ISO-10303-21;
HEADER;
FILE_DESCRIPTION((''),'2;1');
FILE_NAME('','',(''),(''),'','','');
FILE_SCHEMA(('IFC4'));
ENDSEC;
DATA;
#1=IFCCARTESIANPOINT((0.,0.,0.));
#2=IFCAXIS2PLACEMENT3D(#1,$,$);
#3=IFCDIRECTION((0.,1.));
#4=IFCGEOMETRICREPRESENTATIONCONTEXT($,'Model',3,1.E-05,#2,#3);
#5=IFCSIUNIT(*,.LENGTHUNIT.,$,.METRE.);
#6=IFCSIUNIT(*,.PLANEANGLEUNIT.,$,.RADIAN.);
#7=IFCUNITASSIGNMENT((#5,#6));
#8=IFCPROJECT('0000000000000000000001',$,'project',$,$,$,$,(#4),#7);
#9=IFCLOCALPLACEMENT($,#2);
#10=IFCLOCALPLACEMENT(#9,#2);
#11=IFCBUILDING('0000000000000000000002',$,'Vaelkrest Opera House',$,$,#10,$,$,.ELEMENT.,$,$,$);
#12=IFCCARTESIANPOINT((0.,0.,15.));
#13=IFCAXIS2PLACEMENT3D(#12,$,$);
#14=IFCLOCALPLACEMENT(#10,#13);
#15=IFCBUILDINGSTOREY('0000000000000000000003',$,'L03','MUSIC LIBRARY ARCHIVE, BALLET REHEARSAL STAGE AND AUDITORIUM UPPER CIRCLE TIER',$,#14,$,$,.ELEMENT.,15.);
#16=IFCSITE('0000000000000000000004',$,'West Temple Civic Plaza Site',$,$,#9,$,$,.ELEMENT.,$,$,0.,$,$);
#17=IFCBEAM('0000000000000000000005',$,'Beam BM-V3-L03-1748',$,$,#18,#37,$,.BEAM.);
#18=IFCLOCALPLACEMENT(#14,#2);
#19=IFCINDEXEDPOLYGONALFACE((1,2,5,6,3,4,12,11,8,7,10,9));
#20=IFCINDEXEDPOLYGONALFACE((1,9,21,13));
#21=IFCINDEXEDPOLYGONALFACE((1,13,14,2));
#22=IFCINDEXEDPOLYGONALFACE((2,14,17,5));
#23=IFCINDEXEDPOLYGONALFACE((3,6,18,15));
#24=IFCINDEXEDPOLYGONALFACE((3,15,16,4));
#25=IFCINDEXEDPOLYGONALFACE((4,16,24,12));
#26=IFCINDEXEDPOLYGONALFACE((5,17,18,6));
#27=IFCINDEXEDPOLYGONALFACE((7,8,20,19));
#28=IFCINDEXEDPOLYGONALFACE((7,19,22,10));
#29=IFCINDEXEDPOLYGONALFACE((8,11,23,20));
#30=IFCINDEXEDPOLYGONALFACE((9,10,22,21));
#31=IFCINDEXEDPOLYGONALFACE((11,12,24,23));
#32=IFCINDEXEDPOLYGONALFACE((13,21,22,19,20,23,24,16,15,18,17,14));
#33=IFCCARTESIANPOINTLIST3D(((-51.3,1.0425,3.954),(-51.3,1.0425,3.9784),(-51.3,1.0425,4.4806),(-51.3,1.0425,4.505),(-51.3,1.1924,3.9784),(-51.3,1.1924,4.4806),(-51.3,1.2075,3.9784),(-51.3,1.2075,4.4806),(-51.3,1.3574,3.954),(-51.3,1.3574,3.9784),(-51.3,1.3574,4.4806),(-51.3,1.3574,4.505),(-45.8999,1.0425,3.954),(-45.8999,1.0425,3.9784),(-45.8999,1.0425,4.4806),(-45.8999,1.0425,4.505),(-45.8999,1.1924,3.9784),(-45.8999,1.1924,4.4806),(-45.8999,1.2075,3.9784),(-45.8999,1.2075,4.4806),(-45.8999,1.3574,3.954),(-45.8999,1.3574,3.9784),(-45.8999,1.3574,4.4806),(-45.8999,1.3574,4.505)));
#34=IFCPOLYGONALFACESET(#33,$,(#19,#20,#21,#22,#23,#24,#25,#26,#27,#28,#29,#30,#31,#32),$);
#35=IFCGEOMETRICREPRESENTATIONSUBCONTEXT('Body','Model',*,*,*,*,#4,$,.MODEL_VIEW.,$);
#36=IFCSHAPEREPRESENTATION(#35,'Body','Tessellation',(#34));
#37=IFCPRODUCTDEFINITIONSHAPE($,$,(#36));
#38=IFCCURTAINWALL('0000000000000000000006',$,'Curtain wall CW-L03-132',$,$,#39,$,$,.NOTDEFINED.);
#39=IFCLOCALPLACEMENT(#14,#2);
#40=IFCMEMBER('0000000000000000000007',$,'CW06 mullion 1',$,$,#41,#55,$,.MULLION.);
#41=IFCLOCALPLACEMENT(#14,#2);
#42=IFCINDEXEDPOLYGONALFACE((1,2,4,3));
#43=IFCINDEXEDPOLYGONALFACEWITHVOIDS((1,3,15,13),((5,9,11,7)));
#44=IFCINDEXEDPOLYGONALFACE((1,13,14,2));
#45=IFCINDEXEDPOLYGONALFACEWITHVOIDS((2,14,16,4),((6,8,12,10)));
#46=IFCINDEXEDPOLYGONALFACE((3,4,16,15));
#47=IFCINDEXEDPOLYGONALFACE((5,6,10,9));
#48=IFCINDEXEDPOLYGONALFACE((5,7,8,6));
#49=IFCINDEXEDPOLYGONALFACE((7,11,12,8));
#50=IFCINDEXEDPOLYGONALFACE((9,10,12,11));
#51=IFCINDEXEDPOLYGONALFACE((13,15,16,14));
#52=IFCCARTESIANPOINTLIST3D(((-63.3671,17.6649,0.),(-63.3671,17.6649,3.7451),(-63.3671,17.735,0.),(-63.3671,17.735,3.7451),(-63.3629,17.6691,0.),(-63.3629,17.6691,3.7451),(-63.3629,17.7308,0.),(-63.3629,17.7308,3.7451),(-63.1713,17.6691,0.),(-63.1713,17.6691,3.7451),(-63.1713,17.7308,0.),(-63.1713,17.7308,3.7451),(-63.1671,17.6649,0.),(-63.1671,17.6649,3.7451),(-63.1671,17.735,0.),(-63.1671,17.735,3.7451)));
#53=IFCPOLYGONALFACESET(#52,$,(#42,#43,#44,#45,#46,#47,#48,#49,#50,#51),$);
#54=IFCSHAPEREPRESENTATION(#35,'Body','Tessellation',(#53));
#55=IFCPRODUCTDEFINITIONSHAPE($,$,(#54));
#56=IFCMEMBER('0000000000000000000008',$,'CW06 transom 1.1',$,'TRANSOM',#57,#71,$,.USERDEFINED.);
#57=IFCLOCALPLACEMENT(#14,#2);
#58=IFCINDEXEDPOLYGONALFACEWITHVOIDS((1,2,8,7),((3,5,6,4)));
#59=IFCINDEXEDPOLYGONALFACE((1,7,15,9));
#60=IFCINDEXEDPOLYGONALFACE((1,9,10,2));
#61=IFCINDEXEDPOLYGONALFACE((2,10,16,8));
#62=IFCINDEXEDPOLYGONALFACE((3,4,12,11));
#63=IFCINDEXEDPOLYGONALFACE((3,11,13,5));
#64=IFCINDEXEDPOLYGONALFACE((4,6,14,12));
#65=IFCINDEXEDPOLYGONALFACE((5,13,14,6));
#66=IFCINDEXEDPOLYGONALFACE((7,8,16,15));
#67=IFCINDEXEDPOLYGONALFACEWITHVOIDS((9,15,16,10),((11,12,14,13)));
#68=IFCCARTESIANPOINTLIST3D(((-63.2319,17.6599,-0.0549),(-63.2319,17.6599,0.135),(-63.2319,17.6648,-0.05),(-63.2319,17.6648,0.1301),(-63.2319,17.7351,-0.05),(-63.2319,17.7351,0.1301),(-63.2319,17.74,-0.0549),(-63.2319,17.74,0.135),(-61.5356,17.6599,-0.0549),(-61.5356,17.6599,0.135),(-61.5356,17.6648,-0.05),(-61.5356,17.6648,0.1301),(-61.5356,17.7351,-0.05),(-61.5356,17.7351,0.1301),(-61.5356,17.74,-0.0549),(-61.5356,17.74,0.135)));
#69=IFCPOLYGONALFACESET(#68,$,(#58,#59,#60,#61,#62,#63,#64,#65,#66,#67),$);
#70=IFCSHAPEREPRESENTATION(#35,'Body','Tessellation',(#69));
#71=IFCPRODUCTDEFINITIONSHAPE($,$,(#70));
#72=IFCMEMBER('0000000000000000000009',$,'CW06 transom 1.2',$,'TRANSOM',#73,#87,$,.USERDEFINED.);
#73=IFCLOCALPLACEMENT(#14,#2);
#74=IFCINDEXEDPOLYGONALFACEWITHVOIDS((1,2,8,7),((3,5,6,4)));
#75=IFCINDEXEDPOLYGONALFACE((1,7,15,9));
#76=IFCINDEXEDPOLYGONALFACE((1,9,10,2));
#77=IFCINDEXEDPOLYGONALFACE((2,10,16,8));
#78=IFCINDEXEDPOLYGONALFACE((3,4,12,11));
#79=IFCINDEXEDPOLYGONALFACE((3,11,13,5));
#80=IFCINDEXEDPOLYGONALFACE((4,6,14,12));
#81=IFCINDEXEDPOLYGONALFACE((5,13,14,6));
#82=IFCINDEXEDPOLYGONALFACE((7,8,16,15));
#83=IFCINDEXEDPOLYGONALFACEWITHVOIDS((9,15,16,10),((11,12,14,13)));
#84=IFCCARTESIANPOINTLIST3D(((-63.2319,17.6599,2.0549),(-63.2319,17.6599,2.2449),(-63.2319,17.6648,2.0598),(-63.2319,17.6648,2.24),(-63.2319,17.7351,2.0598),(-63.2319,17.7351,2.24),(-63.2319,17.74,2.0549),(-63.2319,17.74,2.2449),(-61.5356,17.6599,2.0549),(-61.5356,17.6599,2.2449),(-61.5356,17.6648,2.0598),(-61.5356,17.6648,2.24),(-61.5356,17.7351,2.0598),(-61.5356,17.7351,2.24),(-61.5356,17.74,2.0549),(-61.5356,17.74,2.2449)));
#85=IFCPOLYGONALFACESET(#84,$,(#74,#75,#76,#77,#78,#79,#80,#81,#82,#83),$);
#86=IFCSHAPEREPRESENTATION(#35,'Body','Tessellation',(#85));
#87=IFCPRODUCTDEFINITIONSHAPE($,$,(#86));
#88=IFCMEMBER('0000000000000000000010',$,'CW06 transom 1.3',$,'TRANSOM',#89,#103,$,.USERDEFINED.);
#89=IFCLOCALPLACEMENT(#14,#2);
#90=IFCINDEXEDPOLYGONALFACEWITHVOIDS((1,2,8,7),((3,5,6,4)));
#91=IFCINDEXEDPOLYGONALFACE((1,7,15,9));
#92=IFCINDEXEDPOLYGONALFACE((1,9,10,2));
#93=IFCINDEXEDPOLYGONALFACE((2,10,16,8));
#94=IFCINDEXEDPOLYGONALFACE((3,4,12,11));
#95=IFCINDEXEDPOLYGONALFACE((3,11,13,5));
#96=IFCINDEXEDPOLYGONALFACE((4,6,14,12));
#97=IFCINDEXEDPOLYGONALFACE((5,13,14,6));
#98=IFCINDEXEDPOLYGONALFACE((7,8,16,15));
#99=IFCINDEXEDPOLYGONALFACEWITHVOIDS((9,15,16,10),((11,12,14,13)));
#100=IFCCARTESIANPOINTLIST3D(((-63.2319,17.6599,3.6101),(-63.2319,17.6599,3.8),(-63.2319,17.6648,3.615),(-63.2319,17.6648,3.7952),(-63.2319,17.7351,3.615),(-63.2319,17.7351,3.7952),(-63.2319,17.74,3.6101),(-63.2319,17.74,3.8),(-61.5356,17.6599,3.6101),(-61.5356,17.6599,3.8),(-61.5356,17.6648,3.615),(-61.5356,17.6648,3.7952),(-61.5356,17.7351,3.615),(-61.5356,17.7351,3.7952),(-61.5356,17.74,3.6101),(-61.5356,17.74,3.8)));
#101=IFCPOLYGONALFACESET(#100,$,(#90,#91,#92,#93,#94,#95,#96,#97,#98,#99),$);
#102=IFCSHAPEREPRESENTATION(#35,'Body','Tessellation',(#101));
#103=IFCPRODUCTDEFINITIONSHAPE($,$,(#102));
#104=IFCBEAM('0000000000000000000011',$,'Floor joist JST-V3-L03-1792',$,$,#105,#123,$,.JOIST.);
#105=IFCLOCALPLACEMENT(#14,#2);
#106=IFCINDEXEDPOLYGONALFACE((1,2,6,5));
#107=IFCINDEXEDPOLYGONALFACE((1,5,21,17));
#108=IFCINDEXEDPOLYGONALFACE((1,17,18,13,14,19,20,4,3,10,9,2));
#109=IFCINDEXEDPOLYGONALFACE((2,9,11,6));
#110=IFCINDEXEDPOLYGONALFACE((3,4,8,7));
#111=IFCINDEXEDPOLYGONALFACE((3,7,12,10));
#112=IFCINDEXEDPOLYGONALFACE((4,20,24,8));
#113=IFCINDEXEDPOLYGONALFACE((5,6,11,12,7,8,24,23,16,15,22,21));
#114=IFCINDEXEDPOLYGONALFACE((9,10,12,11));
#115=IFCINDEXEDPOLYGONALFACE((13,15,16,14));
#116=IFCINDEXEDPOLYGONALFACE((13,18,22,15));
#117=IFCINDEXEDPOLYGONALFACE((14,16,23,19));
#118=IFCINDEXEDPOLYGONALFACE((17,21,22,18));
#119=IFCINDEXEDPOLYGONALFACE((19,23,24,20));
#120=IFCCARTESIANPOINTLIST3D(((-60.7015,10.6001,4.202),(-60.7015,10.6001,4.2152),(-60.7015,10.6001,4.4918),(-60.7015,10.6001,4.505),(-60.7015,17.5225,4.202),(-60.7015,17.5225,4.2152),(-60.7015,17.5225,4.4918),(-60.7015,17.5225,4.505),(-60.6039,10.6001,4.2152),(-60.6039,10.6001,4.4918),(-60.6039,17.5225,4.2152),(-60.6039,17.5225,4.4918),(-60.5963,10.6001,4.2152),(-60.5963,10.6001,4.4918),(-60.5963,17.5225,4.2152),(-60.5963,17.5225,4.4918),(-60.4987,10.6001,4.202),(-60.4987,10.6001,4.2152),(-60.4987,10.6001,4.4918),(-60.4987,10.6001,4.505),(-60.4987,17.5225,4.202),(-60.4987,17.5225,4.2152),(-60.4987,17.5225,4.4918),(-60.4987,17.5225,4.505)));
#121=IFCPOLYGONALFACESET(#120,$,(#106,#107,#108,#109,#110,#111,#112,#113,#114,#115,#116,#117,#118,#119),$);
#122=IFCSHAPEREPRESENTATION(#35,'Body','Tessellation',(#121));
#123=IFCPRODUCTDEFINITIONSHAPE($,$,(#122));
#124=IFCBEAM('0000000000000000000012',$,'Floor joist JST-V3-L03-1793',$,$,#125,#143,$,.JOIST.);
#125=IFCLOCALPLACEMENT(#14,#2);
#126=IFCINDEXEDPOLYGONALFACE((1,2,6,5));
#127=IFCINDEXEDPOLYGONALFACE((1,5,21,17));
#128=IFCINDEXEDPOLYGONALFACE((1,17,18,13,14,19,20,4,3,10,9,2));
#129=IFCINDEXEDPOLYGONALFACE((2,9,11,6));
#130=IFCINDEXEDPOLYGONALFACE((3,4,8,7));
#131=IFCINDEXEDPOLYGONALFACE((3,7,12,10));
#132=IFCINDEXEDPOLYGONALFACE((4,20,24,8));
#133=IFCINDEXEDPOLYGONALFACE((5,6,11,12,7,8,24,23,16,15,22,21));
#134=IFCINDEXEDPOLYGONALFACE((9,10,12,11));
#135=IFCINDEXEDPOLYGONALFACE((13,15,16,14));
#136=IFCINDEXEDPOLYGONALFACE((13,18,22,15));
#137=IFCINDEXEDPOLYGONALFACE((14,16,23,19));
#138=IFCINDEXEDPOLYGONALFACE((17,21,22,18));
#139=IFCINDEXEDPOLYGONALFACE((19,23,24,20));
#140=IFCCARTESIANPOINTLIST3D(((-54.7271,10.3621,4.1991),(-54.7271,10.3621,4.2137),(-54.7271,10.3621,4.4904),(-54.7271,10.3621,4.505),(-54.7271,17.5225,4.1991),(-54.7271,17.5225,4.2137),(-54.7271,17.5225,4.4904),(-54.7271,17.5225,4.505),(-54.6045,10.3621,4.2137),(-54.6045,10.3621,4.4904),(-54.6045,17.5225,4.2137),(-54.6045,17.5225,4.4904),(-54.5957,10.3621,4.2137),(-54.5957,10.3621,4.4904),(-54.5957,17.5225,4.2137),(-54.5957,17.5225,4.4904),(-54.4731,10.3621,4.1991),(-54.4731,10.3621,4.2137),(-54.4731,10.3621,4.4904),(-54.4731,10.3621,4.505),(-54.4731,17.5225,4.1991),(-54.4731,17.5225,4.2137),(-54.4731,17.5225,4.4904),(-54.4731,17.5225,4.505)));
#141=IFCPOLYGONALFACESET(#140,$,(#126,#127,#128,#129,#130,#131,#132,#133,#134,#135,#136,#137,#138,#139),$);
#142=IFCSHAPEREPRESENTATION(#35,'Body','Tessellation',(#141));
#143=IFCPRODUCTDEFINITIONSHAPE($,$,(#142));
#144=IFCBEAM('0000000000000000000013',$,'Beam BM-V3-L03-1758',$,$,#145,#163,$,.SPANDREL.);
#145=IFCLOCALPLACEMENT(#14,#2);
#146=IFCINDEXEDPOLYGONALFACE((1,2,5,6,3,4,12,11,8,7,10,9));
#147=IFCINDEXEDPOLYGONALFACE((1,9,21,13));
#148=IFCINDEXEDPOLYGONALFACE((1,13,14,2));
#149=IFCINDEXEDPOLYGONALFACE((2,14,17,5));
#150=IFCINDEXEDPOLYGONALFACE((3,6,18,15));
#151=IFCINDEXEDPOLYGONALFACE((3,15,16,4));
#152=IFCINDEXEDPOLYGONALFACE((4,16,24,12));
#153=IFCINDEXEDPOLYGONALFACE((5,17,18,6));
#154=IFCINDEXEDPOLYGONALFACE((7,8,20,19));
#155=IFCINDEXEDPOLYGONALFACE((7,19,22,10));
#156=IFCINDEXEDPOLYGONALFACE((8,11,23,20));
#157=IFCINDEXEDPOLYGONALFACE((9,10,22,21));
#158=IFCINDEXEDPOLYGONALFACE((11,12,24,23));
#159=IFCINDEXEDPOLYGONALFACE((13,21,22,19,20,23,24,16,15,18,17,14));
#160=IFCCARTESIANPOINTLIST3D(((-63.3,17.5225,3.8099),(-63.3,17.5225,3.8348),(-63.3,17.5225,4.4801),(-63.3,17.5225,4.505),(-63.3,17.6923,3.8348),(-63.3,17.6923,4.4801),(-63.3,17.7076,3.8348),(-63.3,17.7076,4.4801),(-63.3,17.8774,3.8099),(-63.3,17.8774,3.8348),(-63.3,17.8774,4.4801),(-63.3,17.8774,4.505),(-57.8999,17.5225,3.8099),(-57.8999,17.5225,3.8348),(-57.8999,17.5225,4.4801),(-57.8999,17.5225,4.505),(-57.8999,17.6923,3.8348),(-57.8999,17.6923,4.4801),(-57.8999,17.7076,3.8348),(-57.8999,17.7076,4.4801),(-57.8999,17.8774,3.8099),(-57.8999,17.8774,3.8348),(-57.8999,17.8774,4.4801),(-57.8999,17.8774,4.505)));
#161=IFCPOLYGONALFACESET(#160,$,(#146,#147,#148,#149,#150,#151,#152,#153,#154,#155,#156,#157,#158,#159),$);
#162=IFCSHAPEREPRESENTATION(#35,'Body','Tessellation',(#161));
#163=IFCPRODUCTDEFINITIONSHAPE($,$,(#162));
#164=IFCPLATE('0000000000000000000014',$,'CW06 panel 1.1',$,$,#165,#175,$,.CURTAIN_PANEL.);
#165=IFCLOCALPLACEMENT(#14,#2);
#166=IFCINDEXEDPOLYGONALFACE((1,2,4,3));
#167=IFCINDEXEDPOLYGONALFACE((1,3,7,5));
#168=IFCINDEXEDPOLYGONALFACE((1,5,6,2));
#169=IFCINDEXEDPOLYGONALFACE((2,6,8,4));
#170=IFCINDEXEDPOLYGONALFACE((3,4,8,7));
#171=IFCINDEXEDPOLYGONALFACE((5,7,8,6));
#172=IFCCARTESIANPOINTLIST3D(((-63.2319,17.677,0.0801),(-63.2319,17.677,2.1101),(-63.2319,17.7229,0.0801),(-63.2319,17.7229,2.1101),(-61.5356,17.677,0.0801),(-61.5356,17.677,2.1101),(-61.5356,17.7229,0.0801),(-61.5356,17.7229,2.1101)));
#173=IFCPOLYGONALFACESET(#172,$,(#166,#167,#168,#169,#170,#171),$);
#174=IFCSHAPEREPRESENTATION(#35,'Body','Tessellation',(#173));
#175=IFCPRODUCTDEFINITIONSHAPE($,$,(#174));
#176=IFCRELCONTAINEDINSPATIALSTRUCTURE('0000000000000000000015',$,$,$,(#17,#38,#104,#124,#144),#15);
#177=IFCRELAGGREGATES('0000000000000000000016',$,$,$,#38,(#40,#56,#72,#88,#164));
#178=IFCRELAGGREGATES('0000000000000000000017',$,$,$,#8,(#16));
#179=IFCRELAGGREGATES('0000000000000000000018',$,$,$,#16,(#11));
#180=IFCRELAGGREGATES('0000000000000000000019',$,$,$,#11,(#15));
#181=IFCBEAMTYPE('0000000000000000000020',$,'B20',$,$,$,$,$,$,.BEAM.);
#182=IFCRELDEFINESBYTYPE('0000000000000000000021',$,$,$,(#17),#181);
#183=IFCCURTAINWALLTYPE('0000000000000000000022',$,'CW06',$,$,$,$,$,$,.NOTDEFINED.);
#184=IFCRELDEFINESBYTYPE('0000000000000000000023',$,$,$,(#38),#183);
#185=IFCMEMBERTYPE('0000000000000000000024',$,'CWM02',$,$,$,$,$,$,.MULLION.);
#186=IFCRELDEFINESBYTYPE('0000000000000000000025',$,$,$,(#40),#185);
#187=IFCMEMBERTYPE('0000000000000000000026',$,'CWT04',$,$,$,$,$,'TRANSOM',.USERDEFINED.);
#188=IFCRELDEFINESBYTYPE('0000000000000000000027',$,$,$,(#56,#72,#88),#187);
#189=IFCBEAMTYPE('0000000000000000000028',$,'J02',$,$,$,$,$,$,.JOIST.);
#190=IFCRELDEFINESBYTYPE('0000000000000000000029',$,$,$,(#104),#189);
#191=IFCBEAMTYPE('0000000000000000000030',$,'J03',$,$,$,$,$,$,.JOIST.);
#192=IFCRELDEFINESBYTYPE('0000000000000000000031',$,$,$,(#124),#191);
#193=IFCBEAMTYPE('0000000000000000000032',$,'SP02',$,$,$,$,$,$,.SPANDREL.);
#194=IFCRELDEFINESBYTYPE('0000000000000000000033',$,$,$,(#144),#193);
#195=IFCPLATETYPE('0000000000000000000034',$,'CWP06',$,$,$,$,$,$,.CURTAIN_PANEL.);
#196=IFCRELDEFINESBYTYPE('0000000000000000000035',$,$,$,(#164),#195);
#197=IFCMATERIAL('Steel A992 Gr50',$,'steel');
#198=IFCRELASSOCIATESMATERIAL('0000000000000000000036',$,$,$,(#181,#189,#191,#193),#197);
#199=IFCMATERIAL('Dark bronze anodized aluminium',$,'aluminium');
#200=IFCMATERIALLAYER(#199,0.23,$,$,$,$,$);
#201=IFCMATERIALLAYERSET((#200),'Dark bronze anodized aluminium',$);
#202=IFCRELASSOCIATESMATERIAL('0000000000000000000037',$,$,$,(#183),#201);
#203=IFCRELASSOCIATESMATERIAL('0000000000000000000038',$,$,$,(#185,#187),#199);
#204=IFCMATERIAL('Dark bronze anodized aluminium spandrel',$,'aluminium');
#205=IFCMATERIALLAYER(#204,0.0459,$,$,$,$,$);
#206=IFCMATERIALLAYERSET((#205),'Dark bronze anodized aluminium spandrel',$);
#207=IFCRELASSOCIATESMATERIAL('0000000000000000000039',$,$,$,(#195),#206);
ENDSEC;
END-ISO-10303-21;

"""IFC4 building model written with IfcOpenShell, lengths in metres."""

from ifc_helpers import new_model, si_unit, direction, frame, origin, origin_2d, place, context, subcontext, project, spatial, rectangle, hollow_rectangle, i_section, extrude, material, layer, layer_set, material_profile, profile_set, type_object, element, aggregate, save


model = new_model("IFC4")

# Units and contexts
model_context = context("Model", 3, precision=1e-05, world=origin(), true_north=direction((0.0, 1.0)))
body_context = subcontext(model_context, "Body", "Model", "MODEL_VIEW")
ifc_project = project(units=[si_unit("LENGTHUNIT", "METRE"), si_unit("PLANEANGLEUNIT", "RADIAN")], contexts=[model_context])

# Site, building, storey
site_placement = place(None, origin())
site = spatial("IfcSite", under=ifc_project, at=site_placement, Name="West Temple Civic Plaza Site", CompositionType="ELEMENT", RefElevation=0.0)
building_placement = place(site_placement, origin())
building = spatial("IfcBuilding", under=site, at=building_placement, Name="Vaelkrest Opera House", CompositionType="ELEMENT")
storey_placement = place(building_placement, frame((0.0, 0.0, 15.0)))
storey = spatial("IfcBuildingStorey", under=building, at=storey_placement, Name="L03", Description="MUSIC LIBRARY ARCHIVE, BALLET REHEARSAL STAGE AND AUDITORIUM UPPER CIRCLE TIER", CompositionType="ELEMENT", Elevation=15.0)

# Beam
ifc_material_1 = material(Name="Steel A992 Gr50", Category="steel")
ifc_material_profile_1 = material_profile(ifc_material_1, i_section(OverallWidth=0.3149, OverallDepth=0.551, WebThickness=0.0151, FlangeThickness=0.0244, at=origin_2d()), Name="W21X122")
ifc_profile_set_1 = profile_set([ifc_material_profile_1], Name="Steel A992 Gr50")
beam_type_1 = type_object("IfcBeamType", Name="B20", PredefinedType="BEAM", material=ifc_profile_set_1)
beam_1_placement = place(storey_placement, frame((-51.3, 1.2, 4.2295), z_axis=(1.0, 0.0, 0.0), x_axis=(0.0, 1.0, 0.0)))
element("IfcBeam", 1, at=beam_1_placement, inside=storey, type_object=beam_type_1, Name="Beam BM-V3-L03-1748", PredefinedType="BEAM", context=body_context, shape_type="SweptSolid", body=[
    extrude(i_section(OverallWidth=0.3149, OverallDepth=0.551, WebThickness=0.0151, FlangeThickness=0.0244, at=origin_2d()), origin(), (0.0, 0.0, 1.0), 5.4001),
])

# Curtain wall, members
ifc_material_2 = material(Name="Dark bronze anodized aluminium", Category="aluminium")
ifc_layer_1 = layer(ifc_material_2, 0.23)
ifc_layer_set_1 = layer_set([ifc_layer_1], Name="Dark bronze anodized aluminium")
curtain_wall_type = type_object("IfcCurtainWallType", Name="CW06", PredefinedType="NOTDEFINED", material=ifc_layer_set_1)
curtain_wall_placement = place(storey_placement, origin())
curtain_wall = element("IfcCurtainWall", 2, at=curtain_wall_placement, inside=storey, type_object=curtain_wall_type, Name="Curtain wall CW-L03-132", PredefinedType="NOTDEFINED")
ifc_material_profile_2 = material_profile(ifc_material_2, hollow_rectangle(XDim=0.0701, YDim=0.2, WallThickness=0.0042, at=origin_2d()), Name="CWM70X200")
ifc_profile_set_2 = profile_set([ifc_material_profile_2], Name="Dark bronze anodized aluminium")
member_type_1 = type_object("IfcMemberType", Name="CWM02", PredefinedType="MULLION", material=ifc_profile_set_2)
member_1_placement = place(storey_placement, frame((-63.2671, 17.7, 0.0), z_axis=(0.0, 0.0, 1.0), x_axis=(0.0, 1.0, 0.0)))
member_1 = element("IfcMember", 3, at=member_1_placement, type_object=member_type_1, Name="CW06 mullion 1", PredefinedType="MULLION", context=body_context, shape_type="SweptSolid", body=[
    extrude(hollow_rectangle(XDim=0.0701, YDim=0.2, WallThickness=0.0042, at=origin_2d()), origin(), (0.0, 0.0, 1.0), 3.7451),
])
ifc_material_profile_3 = material_profile(ifc_material_2, hollow_rectangle(XDim=0.0801, YDim=0.1899, WallThickness=0.0049, at=origin_2d()), Name="CWT80X190")
ifc_profile_set_3 = profile_set([ifc_material_profile_3], Name="Dark bronze anodized aluminium")
member_type_2 = type_object("IfcMemberType", Name="CWT04", ElementType="TRANSOM", PredefinedType="USERDEFINED", material=ifc_profile_set_3)
member_2_placement = place(storey_placement, frame((-63.2319, 17.7, 0.04), z_axis=(1.0, 0.0, 0.0), x_axis=(0.0, 1.0, 0.0)))
member_2 = element("IfcMember", 4, at=member_2_placement, type_object=member_type_2, Name="CW06 transom 1.1", ObjectType="TRANSOM", PredefinedType="USERDEFINED", context=body_context, shape_type="SweptSolid", body=[
    extrude(hollow_rectangle(XDim=0.0801, YDim=0.1899, WallThickness=0.0049, at=origin_2d()), origin(), (0.0, 0.0, 1.0), 1.6963),
])
member_3_placement = place(storey_placement, frame((-63.2319, 17.7, 2.1499), z_axis=(1.0, 0.0, 0.0), x_axis=(0.0, 1.0, 0.0)))
member_3 = element("IfcMember", 5, at=member_3_placement, type_object=member_type_2, Name="CW06 transom 1.2", ObjectType="TRANSOM", PredefinedType="USERDEFINED", context=body_context, shape_type="SweptSolid", body=[
    extrude(hollow_rectangle(XDim=0.0801, YDim=0.1899, WallThickness=0.0049, at=origin_2d()), origin(), (0.0, 0.0, 1.0), 1.6963),
])
member_4_placement = place(storey_placement, frame((-63.2319, 17.7, 3.7051), z_axis=(1.0, 0.0, 0.0), x_axis=(0.0, 1.0, 0.0)))
member_4 = element("IfcMember", 6, at=member_4_placement, type_object=member_type_2, Name="CW06 transom 1.3", ObjectType="TRANSOM", PredefinedType="USERDEFINED", context=body_context, shape_type="SweptSolid", body=[
    extrude(hollow_rectangle(XDim=0.0801, YDim=0.1899, WallThickness=0.0049, at=origin_2d()), origin(), (0.0, 0.0, 1.0), 1.6963),
])

# Beams
ifc_material_profile_4 = material_profile(ifc_material_1, i_section(OverallWidth=0.2029, OverallDepth=0.303, WebThickness=0.0076, FlangeThickness=0.0132, at=origin_2d()), Name="W12X40")
ifc_profile_set_4 = profile_set([ifc_material_profile_4], Name="Steel A992 Gr50")
beam_type_2 = type_object("IfcBeamType", Name="J02", PredefinedType="JOIST", material=ifc_profile_set_4)
beam_2_placement = place(storey_placement, frame((-60.6001, 10.6001, 4.3535), z_axis=(0.0, 1.0, 0.0), x_axis=(-1.0, 0.0, 0.0)))
element("IfcBeam", 7, at=beam_2_placement, inside=storey, type_object=beam_type_2, Name="Floor joist JST-V3-L03-1792", PredefinedType="JOIST", context=body_context, shape_type="SweptSolid", body=[
    extrude(i_section(OverallWidth=0.2029, OverallDepth=0.303, WebThickness=0.0076, FlangeThickness=0.0132, at=origin_2d()), origin(), (0.0, 0.0, 1.0), 6.9224),
])
ifc_material_profile_5 = material_profile(ifc_material_1, i_section(OverallWidth=0.2539, OverallDepth=0.3059, WebThickness=0.0088, FlangeThickness=0.0146, at=origin_2d()), Name="W12X53")
ifc_profile_set_5 = profile_set([ifc_material_profile_5], Name="Steel A992 Gr50")
beam_type_3 = type_object("IfcBeamType", Name="J03", PredefinedType="JOIST", material=ifc_profile_set_5)
beam_3_placement = place(storey_placement, frame((-54.6001, 10.3621, 4.3521), z_axis=(0.0, 1.0, 0.0), x_axis=(-1.0, 0.0, 0.0)))
element("IfcBeam", 8, at=beam_3_placement, inside=storey, type_object=beam_type_3, Name="Floor joist JST-V3-L03-1793", PredefinedType="JOIST", context=body_context, shape_type="SweptSolid", body=[
    extrude(i_section(OverallWidth=0.2539, OverallDepth=0.3059, WebThickness=0.0088, FlangeThickness=0.0146, at=origin_2d()), origin(), (0.0, 0.0, 1.0), 7.1604),
])
ifc_material_profile_6 = material_profile(ifc_material_1, i_section(OverallWidth=0.355, OverallDepth=0.6951, WebThickness=0.0154, FlangeThickness=0.0249, at=origin_2d()), Name="W27X146")
ifc_profile_set_6 = profile_set([ifc_material_profile_6], Name="Steel A992 Gr50")
beam_type_4 = type_object("IfcBeamType", Name="SP02", PredefinedType="SPANDREL", material=ifc_profile_set_6)
beam_4_placement = place(storey_placement, frame((-63.3, 17.7, 4.1575), z_axis=(1.0, 0.0, 0.0), x_axis=(0.0, 1.0, 0.0)))
element("IfcBeam", 9, at=beam_4_placement, inside=storey, type_object=beam_type_4, Name="Beam BM-V3-L03-1758", PredefinedType="SPANDREL", context=body_context, shape_type="SweptSolid", body=[
    extrude(i_section(OverallWidth=0.355, OverallDepth=0.6951, WebThickness=0.0154, FlangeThickness=0.0249, at=origin_2d()), origin(), (0.0, 0.0, 1.0), 5.4001),
])

# Plate
ifc_material_3 = material(Name="Dark bronze anodized aluminium spandrel", Category="aluminium")
ifc_layer_2 = layer(ifc_material_3, 0.0459)
ifc_layer_set_2 = layer_set([ifc_layer_2], Name="Dark bronze anodized aluminium spandrel")
plate_type = type_object("IfcPlateType", Name="CWP06", PredefinedType="CURTAIN_PANEL", material=ifc_layer_set_2)
plate_1_placement = place(storey_placement, frame((-62.3838, 17.7, 0.0801), z_axis=(0.0, 0.0, 1.0), x_axis=(1.0, 0.0, 0.0)))
plate_1 = element("IfcPlate", 10, at=plate_1_placement, type_object=plate_type, Name="CW06 panel 1.1", PredefinedType="CURTAIN_PANEL", context=body_context, shape_type="SweptSolid", body=[
    extrude(rectangle(XDim=1.6963, YDim=0.0459, at=origin_2d()), origin(), (0.0, 0.0, 1.0), 2.03),
])
aggregate(curtain_wall, [member_1, member_2, member_3, member_4, plate_1])

save(model, "model.ifc")
